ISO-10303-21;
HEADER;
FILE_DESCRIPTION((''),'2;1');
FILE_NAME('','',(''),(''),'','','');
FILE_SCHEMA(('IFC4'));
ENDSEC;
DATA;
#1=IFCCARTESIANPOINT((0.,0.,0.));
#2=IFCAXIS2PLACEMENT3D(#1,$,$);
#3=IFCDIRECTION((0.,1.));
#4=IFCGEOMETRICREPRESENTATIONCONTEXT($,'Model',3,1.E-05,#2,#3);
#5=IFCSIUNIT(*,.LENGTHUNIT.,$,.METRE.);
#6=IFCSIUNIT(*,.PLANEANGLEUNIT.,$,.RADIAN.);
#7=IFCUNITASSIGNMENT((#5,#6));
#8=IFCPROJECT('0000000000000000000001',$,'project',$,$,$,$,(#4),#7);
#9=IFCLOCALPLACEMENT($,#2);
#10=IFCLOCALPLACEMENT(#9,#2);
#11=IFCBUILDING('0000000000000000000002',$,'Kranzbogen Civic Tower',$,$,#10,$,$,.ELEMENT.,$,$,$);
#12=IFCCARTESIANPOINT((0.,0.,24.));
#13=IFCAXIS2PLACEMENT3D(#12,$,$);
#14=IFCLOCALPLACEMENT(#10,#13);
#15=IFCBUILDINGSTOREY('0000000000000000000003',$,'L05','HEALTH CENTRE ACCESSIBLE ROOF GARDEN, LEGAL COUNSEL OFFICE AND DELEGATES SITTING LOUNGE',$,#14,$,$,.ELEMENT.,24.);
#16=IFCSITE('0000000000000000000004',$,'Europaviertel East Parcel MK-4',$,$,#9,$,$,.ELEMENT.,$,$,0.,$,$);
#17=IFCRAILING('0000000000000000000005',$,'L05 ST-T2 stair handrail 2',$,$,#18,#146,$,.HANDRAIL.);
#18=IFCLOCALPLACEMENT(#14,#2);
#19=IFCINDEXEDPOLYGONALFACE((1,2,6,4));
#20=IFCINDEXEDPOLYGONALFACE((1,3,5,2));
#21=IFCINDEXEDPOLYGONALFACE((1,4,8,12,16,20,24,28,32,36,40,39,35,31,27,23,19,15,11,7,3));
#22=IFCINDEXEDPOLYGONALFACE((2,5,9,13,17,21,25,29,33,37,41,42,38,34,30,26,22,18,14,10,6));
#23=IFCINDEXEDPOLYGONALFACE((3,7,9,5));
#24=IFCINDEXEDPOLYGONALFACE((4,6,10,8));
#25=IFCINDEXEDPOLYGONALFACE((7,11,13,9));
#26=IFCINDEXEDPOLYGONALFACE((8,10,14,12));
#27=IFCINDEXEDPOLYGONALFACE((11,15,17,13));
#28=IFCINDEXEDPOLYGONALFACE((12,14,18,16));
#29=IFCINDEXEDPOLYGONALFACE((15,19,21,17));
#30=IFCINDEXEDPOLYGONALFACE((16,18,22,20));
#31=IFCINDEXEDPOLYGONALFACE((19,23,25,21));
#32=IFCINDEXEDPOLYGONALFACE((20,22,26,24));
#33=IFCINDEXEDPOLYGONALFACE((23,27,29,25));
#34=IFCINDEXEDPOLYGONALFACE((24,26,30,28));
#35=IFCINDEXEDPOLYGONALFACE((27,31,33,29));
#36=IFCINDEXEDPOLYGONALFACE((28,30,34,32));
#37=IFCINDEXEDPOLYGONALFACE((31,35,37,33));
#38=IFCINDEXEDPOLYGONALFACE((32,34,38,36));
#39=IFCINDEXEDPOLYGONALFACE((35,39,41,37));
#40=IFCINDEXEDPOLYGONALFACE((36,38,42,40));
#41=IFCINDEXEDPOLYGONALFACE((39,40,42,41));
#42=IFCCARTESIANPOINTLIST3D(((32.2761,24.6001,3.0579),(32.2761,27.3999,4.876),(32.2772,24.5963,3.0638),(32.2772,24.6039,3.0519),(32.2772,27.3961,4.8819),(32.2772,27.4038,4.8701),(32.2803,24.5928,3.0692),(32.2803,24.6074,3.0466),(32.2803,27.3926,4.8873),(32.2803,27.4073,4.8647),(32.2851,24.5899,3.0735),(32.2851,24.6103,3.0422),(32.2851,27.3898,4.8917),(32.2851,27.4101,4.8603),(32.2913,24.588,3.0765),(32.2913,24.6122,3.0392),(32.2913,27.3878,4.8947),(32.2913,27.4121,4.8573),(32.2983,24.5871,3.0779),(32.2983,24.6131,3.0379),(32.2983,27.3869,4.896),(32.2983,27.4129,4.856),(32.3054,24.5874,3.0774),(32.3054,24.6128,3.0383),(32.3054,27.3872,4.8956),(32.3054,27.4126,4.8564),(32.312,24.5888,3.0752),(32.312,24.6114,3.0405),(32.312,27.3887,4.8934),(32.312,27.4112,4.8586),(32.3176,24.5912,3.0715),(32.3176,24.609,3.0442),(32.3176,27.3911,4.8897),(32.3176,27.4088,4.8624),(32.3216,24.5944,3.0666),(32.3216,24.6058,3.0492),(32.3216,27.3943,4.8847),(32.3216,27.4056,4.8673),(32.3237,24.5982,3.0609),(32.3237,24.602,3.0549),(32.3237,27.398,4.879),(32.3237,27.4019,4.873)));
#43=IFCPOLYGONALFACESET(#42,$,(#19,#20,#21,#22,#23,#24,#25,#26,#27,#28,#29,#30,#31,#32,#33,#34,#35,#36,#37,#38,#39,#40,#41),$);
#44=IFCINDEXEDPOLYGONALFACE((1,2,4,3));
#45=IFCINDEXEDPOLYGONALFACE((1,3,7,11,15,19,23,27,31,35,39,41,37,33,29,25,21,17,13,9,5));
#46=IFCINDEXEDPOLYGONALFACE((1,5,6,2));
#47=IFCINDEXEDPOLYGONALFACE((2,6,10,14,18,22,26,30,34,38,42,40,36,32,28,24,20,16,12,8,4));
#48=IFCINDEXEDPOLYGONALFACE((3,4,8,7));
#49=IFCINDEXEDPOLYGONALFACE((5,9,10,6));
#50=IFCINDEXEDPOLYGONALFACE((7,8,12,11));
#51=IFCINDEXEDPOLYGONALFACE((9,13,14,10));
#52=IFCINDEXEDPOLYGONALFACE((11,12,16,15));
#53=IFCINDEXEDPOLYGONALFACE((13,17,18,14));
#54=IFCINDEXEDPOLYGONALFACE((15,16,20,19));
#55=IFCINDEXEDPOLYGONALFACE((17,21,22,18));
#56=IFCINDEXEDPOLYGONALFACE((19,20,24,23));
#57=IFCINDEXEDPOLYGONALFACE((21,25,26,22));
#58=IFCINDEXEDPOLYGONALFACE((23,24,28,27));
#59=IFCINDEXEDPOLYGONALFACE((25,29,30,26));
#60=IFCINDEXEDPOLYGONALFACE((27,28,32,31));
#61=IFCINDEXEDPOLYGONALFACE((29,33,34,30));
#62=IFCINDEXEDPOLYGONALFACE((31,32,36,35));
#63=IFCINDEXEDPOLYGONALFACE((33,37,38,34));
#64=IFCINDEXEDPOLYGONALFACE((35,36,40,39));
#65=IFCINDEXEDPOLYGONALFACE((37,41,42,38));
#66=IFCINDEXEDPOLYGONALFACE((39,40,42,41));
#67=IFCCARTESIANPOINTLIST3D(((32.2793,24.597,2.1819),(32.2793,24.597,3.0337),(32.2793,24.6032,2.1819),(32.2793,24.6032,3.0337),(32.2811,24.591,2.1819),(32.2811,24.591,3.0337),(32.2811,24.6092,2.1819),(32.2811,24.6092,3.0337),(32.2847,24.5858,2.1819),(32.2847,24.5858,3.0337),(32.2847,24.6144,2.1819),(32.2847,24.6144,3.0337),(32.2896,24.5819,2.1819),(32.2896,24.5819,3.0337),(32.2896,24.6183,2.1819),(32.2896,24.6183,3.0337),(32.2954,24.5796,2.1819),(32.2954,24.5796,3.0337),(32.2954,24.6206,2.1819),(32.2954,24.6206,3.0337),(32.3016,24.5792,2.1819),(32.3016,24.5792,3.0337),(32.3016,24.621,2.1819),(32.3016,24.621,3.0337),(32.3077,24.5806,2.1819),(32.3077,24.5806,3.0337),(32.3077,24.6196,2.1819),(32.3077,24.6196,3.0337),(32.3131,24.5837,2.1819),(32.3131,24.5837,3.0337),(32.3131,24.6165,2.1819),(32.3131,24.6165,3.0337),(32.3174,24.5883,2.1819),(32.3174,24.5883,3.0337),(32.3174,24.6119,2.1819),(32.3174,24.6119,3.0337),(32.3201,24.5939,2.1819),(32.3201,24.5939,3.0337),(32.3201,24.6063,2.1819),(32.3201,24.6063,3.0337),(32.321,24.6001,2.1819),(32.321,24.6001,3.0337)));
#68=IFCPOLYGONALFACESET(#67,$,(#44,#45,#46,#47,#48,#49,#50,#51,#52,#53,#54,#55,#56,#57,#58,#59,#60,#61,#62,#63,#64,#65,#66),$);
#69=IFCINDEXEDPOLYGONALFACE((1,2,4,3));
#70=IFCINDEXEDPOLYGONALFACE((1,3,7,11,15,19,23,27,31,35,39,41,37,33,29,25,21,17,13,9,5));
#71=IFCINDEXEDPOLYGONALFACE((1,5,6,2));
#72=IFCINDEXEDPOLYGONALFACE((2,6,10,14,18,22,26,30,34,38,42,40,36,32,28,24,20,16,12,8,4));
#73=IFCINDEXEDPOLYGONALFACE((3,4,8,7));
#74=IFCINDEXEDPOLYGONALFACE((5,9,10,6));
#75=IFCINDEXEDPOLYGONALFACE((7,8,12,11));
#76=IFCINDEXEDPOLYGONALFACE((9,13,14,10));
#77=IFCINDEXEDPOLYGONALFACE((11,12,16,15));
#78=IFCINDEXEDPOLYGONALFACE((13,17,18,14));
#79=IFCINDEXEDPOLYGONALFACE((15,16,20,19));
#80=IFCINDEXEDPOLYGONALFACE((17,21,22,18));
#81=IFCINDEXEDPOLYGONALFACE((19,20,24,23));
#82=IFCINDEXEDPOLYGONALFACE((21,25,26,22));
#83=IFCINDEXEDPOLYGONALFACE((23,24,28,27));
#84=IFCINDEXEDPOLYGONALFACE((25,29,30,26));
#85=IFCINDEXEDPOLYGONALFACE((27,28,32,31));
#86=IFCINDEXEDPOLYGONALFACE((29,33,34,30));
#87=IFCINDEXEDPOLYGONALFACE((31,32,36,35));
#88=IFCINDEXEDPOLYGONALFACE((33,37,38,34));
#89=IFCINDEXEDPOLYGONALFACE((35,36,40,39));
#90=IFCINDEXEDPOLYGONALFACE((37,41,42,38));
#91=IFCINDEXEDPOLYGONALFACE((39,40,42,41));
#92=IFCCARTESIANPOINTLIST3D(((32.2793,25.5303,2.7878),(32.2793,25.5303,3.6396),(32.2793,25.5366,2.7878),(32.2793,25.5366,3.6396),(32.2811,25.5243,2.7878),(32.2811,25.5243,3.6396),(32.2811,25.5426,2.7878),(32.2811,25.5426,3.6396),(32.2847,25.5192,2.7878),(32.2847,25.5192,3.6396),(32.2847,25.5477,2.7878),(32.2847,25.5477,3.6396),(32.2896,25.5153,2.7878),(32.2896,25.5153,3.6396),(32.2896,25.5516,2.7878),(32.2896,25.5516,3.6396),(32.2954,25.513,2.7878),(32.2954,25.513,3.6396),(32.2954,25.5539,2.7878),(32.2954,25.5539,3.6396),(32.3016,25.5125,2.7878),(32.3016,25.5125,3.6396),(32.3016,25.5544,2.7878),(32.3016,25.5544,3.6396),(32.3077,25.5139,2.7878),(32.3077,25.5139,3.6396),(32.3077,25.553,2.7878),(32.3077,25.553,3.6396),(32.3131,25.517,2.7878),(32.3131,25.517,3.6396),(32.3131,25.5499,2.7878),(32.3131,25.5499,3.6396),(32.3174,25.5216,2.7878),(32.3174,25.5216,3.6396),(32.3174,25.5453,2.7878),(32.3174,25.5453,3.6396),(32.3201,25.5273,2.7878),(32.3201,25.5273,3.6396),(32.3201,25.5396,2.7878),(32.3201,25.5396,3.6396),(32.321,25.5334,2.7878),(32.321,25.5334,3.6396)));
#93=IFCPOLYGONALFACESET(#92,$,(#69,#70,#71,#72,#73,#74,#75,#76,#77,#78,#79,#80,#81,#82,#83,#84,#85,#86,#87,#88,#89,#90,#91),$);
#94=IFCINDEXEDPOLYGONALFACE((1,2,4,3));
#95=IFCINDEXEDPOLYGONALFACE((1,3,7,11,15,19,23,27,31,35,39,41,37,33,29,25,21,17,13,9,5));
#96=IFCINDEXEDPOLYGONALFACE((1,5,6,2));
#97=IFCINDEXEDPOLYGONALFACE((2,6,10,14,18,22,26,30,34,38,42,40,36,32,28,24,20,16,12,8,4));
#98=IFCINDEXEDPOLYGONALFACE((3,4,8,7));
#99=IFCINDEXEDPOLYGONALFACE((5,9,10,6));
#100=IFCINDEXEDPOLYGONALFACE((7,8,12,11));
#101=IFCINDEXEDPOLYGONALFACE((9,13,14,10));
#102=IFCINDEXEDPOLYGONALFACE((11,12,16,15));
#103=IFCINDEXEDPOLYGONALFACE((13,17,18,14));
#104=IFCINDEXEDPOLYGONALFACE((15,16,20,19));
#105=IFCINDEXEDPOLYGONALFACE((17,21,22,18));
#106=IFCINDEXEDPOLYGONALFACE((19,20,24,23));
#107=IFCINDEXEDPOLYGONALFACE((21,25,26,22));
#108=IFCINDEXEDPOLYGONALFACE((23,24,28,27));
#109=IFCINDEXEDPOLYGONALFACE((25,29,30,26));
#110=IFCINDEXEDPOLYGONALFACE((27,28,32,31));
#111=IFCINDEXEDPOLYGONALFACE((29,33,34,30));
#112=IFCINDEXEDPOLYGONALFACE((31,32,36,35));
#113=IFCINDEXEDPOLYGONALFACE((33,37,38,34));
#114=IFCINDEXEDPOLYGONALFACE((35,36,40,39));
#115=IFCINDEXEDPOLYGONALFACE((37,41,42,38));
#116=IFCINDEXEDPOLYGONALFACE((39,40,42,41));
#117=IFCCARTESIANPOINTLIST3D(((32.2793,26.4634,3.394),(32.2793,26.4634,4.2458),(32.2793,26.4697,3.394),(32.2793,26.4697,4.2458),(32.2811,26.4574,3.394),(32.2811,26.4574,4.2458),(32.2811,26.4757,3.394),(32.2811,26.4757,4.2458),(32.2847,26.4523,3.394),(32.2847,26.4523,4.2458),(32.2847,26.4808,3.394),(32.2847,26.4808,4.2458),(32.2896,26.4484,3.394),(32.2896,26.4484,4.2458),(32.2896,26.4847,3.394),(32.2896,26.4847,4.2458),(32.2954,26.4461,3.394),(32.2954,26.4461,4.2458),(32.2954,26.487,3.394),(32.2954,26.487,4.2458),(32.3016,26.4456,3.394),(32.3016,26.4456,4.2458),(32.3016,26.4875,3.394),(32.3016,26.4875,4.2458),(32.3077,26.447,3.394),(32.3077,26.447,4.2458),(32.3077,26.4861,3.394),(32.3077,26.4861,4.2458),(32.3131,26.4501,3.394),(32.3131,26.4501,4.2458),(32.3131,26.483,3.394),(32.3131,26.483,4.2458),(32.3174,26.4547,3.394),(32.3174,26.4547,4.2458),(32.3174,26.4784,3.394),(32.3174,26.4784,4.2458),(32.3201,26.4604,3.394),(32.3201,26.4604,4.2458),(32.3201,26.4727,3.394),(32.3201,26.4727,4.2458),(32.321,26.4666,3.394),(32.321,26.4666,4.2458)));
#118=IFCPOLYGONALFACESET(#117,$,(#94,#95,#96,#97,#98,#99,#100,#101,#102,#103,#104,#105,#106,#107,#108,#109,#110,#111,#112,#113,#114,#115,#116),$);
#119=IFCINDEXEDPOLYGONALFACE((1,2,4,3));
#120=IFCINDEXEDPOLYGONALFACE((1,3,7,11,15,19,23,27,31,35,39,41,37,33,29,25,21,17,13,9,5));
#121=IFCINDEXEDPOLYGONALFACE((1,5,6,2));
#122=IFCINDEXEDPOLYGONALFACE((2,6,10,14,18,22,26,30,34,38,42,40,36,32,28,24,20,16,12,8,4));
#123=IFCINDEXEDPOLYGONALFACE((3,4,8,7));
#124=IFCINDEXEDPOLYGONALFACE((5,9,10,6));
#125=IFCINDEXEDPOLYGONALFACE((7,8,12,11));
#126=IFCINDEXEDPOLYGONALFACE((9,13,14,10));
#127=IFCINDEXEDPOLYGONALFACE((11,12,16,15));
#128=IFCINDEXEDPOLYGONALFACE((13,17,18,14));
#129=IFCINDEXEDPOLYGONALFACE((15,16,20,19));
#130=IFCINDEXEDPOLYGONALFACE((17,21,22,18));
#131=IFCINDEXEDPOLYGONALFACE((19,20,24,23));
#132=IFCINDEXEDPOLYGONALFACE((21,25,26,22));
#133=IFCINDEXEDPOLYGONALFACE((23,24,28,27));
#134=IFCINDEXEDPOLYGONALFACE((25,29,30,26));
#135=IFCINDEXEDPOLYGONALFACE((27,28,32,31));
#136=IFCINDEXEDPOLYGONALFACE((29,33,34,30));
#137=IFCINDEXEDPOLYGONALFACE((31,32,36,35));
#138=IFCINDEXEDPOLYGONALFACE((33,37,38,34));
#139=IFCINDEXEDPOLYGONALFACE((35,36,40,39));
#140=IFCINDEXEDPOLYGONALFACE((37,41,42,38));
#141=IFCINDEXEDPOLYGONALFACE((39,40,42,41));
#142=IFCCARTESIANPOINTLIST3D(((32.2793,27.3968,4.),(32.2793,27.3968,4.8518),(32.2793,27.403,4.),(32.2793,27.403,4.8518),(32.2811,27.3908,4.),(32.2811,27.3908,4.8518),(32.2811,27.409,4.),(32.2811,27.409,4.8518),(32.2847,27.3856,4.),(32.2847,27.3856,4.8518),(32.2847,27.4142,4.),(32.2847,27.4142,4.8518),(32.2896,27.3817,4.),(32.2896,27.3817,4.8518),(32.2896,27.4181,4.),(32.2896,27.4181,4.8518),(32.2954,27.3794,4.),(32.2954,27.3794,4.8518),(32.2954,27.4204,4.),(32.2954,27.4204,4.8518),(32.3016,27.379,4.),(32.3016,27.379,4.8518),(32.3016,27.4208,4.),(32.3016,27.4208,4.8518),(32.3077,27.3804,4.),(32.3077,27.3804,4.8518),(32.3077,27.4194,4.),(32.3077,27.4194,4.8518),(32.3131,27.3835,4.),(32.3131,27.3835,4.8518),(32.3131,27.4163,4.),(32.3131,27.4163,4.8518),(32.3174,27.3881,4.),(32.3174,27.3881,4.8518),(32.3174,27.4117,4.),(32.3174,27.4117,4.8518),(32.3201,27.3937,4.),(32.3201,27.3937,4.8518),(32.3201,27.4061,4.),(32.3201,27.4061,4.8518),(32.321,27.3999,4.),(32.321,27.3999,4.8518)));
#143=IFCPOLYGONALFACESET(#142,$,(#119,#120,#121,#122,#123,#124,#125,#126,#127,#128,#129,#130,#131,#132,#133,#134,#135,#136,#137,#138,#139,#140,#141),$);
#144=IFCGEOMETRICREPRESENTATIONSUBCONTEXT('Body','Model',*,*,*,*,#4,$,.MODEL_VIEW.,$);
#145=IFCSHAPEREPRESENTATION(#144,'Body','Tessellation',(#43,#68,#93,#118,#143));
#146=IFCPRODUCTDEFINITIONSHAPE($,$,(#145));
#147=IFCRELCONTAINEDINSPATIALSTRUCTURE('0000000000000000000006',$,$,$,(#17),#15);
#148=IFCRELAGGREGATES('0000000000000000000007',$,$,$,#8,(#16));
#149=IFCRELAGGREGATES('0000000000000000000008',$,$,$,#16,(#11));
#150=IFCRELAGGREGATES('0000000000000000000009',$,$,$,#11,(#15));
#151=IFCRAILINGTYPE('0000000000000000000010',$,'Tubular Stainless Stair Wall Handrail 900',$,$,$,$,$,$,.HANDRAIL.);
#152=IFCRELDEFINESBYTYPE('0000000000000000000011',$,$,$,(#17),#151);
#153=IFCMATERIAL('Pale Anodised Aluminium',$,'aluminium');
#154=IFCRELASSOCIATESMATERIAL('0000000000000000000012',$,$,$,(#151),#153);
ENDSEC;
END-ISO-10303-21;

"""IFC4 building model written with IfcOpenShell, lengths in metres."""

from ifc_helpers import new_model, si_unit, direction, frame, origin, origin_2d, place, context, subcontext, project, spatial, circle, extrude, material, type_object, element, save


model = new_model("IFC4")

# Units and contexts
model_context = context("Model", 3, precision=1e-05, world=origin(), true_north=direction((0.0, 1.0)))
body_context = subcontext(model_context, "Body", "Model", "MODEL_VIEW")
ifc_project = project(units=[si_unit("LENGTHUNIT", "METRE"), si_unit("PLANEANGLEUNIT", "RADIAN")], contexts=[model_context])

# Site, building, storey
site_placement = place(None, origin())
site = spatial("IfcSite", under=ifc_project, at=site_placement, Name="Europaviertel East Parcel MK-4", CompositionType="ELEMENT", RefElevation=0.0)
building_placement = place(site_placement, origin())
building = spatial("IfcBuilding", under=site, at=building_placement, Name="Kranzbogen Civic Tower", CompositionType="ELEMENT")
storey_placement = place(building_placement, frame((0.0, 0.0, 24.0)))
storey = spatial("IfcBuildingStorey", under=building, at=storey_placement, Name="L05", Description="HEALTH CENTRE ACCESSIBLE ROOF GARDEN, LEGAL COUNSEL OFFICE AND DELEGATES SITTING LOUNGE", CompositionType="ELEMENT", Elevation=24.0)

# Shared definitions
ifc_material_1 = material(Name="Pale Anodised Aluminium", Category="aluminium")

# Railing
railing_type_1 = type_object("IfcRailingType", Name="Tubular Stainless Stair Wall Handrail 900", PredefinedType="HANDRAIL", material=ifc_material_1)
railing_1_placement = place(storey_placement, frame((32.3, 24.6001, 2.1819)))
element("IfcRailing", 1, at=railing_1_placement, inside=storey, type_object=railing_type_1, Name="L05 ST-T2 stair handrail 2", PredefinedType="HANDRAIL", context=body_context, shape_type="SweptSolid", body=[
    extrude(circle(Radius=0.0239, at=origin_2d()), frame((0.0, 0.0, 0.876), z_axis=(0.0, 0.838684, 0.544618), x_axis=(-1.0, 0.0, 0.0)), (0.0, 0.0, 1.0), 3.3384),
    extrude(circle(Radius=0.021, at=origin_2d()), origin(), (0.0, 0.0, 1.0), 0.8518),
    extrude(circle(Radius=0.021, at=origin_2d()), frame((0.0, 0.9333, 0.606)), (0.0, 0.0, 1.0), 0.8518),
    extrude(circle(Radius=0.021, at=origin_2d()), frame((0.0, 1.8665, 1.2122)), (0.0, 0.0, 1.0), 0.8518),
    extrude(circle(Radius=0.021, at=origin_2d()), frame((0.0, 2.7998, 1.8181)), (0.0, 0.0, 1.0), 0.8518),
])

save(model, "model.ifc")
